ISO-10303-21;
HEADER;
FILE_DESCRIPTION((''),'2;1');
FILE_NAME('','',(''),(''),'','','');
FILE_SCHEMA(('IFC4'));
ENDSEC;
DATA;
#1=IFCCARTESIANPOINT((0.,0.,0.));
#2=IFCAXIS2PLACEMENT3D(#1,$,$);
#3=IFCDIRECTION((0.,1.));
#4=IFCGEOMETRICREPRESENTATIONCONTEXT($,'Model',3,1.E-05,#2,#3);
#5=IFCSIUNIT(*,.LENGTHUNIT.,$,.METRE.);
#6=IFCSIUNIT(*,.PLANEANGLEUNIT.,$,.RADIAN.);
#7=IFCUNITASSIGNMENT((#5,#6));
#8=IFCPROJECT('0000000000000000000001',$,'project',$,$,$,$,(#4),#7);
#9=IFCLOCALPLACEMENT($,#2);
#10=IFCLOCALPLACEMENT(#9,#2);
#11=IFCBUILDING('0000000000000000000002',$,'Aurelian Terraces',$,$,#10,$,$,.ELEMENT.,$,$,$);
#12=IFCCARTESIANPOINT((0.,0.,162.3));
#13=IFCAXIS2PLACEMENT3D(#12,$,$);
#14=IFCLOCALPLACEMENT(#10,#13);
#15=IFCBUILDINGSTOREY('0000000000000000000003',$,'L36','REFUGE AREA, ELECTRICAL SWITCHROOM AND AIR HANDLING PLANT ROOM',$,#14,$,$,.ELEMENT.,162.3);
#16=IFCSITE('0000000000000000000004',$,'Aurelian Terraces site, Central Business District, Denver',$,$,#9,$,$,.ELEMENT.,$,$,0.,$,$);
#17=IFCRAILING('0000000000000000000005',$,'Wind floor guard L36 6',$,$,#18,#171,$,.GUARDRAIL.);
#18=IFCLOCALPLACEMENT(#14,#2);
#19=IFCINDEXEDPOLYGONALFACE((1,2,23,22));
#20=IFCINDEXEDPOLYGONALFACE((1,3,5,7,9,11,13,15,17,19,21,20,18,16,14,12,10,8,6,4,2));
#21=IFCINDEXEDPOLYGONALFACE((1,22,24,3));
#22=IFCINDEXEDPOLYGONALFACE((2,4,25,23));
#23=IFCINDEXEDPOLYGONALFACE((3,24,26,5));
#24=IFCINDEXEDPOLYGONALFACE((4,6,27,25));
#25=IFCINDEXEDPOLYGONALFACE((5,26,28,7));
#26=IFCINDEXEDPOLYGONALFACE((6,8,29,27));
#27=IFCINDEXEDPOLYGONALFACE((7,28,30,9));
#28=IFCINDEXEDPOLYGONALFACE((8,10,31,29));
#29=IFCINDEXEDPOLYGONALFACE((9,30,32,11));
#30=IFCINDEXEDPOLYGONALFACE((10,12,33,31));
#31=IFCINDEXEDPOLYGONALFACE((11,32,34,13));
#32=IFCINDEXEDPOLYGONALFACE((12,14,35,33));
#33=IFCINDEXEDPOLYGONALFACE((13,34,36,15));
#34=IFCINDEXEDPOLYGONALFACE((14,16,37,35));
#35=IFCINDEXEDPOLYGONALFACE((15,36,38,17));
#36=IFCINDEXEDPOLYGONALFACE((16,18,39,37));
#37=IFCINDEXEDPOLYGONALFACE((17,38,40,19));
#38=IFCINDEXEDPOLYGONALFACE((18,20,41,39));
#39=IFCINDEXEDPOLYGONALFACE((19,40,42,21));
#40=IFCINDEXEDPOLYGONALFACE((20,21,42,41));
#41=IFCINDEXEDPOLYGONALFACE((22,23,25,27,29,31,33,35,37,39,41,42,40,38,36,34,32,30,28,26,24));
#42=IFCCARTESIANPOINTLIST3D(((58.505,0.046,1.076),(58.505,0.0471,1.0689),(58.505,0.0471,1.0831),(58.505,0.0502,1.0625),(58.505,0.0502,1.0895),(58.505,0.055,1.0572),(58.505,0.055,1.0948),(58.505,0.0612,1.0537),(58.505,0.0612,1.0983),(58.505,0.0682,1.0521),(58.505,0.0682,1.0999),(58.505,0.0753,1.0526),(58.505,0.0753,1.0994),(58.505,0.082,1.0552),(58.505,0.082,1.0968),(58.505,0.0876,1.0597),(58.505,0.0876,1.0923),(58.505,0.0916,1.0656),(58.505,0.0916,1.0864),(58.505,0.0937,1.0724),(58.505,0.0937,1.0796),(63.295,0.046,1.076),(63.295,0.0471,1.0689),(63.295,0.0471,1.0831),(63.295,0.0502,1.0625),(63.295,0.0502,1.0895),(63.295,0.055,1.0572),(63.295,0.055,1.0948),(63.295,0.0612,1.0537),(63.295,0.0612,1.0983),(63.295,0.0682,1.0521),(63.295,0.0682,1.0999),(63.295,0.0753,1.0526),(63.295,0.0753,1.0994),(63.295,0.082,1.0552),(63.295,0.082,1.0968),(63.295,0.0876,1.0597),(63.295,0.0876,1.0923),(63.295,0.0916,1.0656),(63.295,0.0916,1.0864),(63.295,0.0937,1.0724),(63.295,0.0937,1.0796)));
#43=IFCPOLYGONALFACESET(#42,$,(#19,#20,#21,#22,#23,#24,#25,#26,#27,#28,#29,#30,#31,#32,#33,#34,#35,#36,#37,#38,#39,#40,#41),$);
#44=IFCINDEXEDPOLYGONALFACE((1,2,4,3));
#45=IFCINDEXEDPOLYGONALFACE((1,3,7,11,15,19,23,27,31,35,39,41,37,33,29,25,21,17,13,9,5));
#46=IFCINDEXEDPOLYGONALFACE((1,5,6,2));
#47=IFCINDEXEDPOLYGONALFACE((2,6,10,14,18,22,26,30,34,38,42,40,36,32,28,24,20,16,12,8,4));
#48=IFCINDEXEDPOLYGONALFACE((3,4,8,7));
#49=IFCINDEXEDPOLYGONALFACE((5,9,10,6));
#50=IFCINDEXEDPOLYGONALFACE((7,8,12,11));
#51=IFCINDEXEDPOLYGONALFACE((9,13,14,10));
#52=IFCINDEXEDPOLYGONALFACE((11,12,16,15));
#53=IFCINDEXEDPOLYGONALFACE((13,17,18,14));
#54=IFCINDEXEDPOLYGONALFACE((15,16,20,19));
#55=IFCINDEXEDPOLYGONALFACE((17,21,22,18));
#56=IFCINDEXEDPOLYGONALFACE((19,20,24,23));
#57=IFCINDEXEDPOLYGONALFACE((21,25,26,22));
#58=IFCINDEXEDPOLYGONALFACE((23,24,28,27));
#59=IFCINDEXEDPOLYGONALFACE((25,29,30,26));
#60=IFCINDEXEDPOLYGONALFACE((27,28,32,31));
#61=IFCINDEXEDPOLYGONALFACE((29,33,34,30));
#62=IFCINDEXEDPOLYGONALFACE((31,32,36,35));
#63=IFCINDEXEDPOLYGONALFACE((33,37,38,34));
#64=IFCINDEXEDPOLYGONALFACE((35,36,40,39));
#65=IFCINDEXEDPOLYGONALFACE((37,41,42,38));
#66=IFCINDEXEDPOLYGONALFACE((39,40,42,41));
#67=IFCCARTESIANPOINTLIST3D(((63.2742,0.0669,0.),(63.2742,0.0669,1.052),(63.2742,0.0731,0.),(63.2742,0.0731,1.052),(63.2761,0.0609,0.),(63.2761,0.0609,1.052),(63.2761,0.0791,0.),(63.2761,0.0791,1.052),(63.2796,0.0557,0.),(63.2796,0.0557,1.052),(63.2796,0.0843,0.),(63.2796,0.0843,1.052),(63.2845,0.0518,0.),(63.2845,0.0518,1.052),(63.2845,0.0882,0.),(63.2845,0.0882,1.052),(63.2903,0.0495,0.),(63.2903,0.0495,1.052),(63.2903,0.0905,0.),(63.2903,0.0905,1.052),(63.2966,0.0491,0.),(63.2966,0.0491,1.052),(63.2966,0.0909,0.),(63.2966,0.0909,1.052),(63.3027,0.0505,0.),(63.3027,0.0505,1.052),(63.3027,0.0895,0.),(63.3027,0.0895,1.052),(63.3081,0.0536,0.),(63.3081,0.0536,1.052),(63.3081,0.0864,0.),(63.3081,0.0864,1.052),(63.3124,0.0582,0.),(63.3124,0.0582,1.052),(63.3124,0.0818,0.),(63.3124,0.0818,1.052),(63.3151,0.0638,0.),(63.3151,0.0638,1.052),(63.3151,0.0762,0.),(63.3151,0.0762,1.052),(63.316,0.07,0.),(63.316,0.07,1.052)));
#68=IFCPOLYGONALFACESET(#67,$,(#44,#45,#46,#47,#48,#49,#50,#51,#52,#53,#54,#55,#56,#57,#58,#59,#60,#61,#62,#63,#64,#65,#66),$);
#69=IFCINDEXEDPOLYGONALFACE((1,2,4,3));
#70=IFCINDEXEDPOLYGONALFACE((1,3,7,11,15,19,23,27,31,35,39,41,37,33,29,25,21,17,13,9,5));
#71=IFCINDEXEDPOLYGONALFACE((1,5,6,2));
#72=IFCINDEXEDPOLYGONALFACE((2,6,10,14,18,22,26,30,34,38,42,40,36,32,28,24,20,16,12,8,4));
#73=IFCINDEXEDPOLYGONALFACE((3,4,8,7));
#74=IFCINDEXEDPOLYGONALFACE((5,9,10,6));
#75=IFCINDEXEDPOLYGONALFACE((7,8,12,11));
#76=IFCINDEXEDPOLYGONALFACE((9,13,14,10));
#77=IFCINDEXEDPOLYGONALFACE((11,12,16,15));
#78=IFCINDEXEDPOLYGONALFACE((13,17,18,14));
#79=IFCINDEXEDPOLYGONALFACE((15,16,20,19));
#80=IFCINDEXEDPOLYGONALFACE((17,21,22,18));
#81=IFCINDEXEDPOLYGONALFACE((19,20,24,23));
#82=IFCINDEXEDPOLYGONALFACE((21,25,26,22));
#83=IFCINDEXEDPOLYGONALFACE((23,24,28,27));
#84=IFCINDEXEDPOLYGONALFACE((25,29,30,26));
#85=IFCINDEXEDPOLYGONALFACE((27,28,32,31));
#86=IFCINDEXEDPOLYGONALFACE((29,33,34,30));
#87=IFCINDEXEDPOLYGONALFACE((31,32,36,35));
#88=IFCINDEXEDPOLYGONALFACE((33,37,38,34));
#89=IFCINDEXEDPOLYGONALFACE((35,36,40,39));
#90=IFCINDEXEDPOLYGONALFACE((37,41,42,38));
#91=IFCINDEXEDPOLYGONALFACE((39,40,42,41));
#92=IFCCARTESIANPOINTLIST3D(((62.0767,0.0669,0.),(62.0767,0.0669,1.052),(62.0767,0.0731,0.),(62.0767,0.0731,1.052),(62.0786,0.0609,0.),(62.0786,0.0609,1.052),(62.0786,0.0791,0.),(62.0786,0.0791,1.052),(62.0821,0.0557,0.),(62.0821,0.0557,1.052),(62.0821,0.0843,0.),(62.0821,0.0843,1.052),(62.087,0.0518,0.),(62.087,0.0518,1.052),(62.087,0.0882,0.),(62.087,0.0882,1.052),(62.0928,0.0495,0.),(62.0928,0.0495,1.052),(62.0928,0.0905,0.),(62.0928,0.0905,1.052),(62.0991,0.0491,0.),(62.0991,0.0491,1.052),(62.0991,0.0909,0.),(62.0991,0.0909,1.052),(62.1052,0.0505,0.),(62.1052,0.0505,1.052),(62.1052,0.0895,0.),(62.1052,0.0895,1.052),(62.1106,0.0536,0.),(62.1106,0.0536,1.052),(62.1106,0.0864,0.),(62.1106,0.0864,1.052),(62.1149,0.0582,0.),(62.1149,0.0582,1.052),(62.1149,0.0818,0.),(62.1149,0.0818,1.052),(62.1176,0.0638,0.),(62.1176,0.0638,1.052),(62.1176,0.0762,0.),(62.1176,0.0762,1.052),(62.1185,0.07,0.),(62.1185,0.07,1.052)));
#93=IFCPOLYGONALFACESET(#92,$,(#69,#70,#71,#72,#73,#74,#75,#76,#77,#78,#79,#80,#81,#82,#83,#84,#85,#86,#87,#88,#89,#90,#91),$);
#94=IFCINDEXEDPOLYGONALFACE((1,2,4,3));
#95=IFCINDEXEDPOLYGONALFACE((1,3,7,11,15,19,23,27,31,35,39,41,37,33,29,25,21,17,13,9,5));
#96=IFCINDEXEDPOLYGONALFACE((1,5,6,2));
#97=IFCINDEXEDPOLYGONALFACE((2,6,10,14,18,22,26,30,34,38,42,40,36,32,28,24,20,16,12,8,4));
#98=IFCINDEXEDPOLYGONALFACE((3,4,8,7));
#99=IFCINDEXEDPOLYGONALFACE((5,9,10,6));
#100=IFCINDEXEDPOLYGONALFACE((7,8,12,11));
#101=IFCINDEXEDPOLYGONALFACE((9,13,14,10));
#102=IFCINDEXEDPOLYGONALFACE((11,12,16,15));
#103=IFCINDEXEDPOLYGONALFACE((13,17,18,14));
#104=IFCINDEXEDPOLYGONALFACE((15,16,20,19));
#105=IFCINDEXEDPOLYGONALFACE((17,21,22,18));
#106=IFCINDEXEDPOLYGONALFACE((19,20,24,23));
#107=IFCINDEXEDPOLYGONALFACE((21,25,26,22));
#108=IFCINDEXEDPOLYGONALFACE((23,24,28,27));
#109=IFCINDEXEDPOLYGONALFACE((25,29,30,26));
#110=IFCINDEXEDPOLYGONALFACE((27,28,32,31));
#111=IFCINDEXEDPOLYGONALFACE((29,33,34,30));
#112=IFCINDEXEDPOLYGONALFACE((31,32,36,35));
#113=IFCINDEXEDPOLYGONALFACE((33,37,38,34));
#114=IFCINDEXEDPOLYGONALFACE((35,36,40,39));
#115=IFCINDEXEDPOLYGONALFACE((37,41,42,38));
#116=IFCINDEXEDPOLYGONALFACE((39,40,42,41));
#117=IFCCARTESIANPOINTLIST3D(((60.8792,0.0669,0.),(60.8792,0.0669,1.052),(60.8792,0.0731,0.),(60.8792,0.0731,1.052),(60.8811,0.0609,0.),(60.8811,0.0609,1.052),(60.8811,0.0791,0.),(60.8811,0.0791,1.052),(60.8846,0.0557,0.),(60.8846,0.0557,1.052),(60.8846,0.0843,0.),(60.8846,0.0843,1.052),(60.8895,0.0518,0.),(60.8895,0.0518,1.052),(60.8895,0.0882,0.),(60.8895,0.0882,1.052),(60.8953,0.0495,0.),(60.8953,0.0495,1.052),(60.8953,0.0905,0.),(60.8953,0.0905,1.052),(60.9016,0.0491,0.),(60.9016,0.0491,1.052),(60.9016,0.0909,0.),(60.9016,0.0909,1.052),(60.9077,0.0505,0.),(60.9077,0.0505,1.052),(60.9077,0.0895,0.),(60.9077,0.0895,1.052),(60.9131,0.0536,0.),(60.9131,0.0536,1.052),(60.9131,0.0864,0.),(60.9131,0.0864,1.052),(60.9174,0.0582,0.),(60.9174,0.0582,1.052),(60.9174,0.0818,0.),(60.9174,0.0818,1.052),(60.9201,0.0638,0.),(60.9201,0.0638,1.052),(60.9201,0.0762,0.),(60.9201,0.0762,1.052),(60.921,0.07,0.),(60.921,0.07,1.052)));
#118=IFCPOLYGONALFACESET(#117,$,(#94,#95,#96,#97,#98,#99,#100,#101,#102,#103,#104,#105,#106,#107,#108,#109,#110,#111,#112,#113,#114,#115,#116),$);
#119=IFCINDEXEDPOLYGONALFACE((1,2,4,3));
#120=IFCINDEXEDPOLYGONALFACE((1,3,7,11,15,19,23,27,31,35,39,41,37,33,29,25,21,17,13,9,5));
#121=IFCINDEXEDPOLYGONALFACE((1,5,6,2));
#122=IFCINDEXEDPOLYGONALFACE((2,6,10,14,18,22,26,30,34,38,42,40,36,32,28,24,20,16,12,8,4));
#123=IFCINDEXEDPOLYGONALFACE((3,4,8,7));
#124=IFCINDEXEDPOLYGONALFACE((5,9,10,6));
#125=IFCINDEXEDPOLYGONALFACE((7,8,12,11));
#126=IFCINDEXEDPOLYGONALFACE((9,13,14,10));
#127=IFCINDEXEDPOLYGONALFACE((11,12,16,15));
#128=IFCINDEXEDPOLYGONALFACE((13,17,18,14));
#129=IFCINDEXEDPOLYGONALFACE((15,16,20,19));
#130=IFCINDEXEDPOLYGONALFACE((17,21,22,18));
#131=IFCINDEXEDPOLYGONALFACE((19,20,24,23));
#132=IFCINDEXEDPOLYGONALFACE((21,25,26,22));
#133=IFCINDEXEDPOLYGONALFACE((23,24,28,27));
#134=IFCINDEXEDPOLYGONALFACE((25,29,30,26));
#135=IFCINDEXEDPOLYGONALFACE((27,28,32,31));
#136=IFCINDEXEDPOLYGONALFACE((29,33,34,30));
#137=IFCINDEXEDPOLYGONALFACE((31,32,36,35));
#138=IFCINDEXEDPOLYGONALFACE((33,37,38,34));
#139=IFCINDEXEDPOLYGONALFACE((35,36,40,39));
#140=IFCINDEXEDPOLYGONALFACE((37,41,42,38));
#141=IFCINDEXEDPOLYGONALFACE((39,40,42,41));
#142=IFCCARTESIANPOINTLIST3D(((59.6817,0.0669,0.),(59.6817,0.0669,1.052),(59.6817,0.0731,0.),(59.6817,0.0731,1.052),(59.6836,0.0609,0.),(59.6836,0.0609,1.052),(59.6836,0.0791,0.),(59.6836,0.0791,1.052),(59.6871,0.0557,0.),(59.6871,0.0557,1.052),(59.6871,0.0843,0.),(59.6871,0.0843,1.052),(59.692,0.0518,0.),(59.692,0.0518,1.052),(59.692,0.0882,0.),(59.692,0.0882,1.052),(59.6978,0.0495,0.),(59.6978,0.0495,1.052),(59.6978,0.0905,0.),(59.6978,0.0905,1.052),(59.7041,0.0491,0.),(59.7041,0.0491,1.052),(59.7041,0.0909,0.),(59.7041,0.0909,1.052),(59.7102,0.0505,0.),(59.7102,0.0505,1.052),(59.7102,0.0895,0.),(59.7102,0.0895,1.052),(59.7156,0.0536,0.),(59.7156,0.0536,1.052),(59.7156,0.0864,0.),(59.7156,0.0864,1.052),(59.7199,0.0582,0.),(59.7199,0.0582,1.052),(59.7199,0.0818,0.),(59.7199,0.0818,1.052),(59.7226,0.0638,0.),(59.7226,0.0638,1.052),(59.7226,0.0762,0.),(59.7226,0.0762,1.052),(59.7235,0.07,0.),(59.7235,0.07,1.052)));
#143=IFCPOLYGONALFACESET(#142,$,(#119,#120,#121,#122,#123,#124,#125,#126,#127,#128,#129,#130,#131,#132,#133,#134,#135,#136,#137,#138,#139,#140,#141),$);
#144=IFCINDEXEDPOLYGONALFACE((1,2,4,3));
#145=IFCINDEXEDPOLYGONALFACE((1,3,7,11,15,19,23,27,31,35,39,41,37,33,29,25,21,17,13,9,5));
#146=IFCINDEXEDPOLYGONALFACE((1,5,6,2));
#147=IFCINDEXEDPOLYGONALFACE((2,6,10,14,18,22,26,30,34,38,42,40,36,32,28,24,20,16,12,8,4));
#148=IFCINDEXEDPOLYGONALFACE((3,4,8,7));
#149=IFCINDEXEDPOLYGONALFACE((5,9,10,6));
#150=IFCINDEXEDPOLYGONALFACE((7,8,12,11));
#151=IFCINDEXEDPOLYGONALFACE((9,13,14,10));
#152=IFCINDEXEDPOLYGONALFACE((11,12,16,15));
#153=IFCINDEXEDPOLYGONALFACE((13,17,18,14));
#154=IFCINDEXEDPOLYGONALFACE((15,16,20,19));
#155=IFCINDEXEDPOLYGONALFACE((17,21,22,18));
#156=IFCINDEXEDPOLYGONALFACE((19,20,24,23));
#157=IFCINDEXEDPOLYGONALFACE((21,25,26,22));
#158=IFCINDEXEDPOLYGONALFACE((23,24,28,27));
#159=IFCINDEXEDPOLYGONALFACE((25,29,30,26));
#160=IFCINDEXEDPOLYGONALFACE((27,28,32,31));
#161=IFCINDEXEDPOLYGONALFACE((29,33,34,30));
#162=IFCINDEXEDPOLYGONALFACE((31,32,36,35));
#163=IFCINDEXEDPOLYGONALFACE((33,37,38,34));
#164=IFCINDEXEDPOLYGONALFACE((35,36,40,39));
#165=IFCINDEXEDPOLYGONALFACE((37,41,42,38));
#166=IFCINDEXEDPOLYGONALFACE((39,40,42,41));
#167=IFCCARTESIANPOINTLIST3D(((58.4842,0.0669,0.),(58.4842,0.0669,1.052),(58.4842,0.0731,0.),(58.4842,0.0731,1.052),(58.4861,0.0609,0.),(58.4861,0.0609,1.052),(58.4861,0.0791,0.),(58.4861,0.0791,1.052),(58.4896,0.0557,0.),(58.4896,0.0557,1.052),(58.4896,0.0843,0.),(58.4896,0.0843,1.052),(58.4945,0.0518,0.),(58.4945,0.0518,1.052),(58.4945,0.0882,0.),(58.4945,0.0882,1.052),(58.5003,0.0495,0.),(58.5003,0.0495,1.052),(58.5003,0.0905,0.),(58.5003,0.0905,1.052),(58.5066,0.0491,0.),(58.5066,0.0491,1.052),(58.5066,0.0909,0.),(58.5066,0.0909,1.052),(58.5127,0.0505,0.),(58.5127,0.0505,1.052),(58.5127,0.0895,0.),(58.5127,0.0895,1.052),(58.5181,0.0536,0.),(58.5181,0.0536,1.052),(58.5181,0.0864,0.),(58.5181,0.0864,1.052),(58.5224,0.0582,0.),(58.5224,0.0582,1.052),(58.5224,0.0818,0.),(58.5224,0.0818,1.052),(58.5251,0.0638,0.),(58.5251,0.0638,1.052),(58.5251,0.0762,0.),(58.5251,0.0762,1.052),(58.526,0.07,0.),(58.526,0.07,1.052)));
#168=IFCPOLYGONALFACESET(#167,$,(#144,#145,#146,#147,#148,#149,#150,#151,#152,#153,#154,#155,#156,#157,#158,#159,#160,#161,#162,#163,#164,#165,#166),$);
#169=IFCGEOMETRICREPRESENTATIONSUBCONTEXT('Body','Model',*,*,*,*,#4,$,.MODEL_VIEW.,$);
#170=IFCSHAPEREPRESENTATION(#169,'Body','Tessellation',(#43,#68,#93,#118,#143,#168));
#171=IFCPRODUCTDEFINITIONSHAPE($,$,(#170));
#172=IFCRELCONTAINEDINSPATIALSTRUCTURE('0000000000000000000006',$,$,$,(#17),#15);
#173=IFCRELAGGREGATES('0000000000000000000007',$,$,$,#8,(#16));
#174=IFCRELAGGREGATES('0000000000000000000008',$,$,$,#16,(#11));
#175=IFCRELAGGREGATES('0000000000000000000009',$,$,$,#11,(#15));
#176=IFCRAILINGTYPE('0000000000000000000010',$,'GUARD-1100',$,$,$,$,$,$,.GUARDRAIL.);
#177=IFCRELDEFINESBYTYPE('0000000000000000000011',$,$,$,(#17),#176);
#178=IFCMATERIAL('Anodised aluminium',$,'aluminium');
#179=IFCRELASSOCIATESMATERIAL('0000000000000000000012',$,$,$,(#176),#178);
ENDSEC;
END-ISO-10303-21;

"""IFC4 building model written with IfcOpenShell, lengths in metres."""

from ifc_helpers import new_model, si_unit, direction, frame, origin, origin_2d, place, context, subcontext, project, spatial, circle, extrude, material, type_object, element, save


model = new_model("IFC4")

# Units and contexts
model_context = context("Model", 3, precision=1e-05, world=origin(), true_north=direction((0.0, 1.0)))
body_context = subcontext(model_context, "Body", "Model", "MODEL_VIEW")
ifc_project = project(units=[si_unit("LENGTHUNIT", "METRE"), si_unit("PLANEANGLEUNIT", "RADIAN")], contexts=[model_context])

# Site, building, storey
site_placement = place(None, origin())
site = spatial("IfcSite", under=ifc_project, at=site_placement, Name="Aurelian Terraces site, Central Business District, Denver", CompositionType="ELEMENT", RefElevation=0.0)
building_placement = place(site_placement, origin())
building = spatial("IfcBuilding", under=site, at=building_placement, Name="Aurelian Terraces", CompositionType="ELEMENT")
storey_placement = place(building_placement, frame((0.0, 0.0, 162.3)))
storey = spatial("IfcBuildingStorey", under=building, at=storey_placement, Name="L36", Description="REFUGE AREA, ELECTRICAL SWITCHROOM AND AIR HANDLING PLANT ROOM", CompositionType="ELEMENT", Elevation=162.3)

# Railing
ifc_material_1 = material(Name="Anodised aluminium", Category="aluminium")
railing_type = type_object("IfcRailingType", Name="GUARD-1100", PredefinedType="GUARDRAIL", material=ifc_material_1)
railing_1_placement = place(storey_placement, frame((63.295, 0.07, 0.0)))
element("IfcRailing", 1, at=railing_1_placement, inside=storey, type_object=railing_type, Name="Wind floor guard L36 6", PredefinedType="GUARDRAIL", context=body_context, shape_type="SweptSolid", body=[
    extrude(circle(Radius=0.024, at=origin_2d()), frame((0.0, 0.0, 1.076), z_axis=(-1.0, 0.0, 0.0), x_axis=(0.0, -1.0, 0.0)), (0.0, 0.0, 1.0), 4.79),
    extrude(circle(Radius=0.021, at=origin_2d()), origin(), (0.0, 0.0, 1.0), 1.052),
    extrude(circle(Radius=0.021, at=origin_2d()), frame((-1.1975, 0.0, 0.0)), (0.0, 0.0, 1.0), 1.052),
    extrude(circle(Radius=0.021, at=origin_2d()), frame((-2.395, 0.0, 0.0)), (0.0, 0.0, 1.0), 1.052),
    extrude(circle(Radius=0.021, at=origin_2d()), frame((-3.5925, 0.0, 0.0)), (0.0, 0.0, 1.0), 1.052),
    extrude(circle(Radius=0.021, at=origin_2d()), frame((-4.79, 0.0, 0.0)), (0.0, 0.0, 1.0), 1.052),
])

save(model, "model.ifc")
